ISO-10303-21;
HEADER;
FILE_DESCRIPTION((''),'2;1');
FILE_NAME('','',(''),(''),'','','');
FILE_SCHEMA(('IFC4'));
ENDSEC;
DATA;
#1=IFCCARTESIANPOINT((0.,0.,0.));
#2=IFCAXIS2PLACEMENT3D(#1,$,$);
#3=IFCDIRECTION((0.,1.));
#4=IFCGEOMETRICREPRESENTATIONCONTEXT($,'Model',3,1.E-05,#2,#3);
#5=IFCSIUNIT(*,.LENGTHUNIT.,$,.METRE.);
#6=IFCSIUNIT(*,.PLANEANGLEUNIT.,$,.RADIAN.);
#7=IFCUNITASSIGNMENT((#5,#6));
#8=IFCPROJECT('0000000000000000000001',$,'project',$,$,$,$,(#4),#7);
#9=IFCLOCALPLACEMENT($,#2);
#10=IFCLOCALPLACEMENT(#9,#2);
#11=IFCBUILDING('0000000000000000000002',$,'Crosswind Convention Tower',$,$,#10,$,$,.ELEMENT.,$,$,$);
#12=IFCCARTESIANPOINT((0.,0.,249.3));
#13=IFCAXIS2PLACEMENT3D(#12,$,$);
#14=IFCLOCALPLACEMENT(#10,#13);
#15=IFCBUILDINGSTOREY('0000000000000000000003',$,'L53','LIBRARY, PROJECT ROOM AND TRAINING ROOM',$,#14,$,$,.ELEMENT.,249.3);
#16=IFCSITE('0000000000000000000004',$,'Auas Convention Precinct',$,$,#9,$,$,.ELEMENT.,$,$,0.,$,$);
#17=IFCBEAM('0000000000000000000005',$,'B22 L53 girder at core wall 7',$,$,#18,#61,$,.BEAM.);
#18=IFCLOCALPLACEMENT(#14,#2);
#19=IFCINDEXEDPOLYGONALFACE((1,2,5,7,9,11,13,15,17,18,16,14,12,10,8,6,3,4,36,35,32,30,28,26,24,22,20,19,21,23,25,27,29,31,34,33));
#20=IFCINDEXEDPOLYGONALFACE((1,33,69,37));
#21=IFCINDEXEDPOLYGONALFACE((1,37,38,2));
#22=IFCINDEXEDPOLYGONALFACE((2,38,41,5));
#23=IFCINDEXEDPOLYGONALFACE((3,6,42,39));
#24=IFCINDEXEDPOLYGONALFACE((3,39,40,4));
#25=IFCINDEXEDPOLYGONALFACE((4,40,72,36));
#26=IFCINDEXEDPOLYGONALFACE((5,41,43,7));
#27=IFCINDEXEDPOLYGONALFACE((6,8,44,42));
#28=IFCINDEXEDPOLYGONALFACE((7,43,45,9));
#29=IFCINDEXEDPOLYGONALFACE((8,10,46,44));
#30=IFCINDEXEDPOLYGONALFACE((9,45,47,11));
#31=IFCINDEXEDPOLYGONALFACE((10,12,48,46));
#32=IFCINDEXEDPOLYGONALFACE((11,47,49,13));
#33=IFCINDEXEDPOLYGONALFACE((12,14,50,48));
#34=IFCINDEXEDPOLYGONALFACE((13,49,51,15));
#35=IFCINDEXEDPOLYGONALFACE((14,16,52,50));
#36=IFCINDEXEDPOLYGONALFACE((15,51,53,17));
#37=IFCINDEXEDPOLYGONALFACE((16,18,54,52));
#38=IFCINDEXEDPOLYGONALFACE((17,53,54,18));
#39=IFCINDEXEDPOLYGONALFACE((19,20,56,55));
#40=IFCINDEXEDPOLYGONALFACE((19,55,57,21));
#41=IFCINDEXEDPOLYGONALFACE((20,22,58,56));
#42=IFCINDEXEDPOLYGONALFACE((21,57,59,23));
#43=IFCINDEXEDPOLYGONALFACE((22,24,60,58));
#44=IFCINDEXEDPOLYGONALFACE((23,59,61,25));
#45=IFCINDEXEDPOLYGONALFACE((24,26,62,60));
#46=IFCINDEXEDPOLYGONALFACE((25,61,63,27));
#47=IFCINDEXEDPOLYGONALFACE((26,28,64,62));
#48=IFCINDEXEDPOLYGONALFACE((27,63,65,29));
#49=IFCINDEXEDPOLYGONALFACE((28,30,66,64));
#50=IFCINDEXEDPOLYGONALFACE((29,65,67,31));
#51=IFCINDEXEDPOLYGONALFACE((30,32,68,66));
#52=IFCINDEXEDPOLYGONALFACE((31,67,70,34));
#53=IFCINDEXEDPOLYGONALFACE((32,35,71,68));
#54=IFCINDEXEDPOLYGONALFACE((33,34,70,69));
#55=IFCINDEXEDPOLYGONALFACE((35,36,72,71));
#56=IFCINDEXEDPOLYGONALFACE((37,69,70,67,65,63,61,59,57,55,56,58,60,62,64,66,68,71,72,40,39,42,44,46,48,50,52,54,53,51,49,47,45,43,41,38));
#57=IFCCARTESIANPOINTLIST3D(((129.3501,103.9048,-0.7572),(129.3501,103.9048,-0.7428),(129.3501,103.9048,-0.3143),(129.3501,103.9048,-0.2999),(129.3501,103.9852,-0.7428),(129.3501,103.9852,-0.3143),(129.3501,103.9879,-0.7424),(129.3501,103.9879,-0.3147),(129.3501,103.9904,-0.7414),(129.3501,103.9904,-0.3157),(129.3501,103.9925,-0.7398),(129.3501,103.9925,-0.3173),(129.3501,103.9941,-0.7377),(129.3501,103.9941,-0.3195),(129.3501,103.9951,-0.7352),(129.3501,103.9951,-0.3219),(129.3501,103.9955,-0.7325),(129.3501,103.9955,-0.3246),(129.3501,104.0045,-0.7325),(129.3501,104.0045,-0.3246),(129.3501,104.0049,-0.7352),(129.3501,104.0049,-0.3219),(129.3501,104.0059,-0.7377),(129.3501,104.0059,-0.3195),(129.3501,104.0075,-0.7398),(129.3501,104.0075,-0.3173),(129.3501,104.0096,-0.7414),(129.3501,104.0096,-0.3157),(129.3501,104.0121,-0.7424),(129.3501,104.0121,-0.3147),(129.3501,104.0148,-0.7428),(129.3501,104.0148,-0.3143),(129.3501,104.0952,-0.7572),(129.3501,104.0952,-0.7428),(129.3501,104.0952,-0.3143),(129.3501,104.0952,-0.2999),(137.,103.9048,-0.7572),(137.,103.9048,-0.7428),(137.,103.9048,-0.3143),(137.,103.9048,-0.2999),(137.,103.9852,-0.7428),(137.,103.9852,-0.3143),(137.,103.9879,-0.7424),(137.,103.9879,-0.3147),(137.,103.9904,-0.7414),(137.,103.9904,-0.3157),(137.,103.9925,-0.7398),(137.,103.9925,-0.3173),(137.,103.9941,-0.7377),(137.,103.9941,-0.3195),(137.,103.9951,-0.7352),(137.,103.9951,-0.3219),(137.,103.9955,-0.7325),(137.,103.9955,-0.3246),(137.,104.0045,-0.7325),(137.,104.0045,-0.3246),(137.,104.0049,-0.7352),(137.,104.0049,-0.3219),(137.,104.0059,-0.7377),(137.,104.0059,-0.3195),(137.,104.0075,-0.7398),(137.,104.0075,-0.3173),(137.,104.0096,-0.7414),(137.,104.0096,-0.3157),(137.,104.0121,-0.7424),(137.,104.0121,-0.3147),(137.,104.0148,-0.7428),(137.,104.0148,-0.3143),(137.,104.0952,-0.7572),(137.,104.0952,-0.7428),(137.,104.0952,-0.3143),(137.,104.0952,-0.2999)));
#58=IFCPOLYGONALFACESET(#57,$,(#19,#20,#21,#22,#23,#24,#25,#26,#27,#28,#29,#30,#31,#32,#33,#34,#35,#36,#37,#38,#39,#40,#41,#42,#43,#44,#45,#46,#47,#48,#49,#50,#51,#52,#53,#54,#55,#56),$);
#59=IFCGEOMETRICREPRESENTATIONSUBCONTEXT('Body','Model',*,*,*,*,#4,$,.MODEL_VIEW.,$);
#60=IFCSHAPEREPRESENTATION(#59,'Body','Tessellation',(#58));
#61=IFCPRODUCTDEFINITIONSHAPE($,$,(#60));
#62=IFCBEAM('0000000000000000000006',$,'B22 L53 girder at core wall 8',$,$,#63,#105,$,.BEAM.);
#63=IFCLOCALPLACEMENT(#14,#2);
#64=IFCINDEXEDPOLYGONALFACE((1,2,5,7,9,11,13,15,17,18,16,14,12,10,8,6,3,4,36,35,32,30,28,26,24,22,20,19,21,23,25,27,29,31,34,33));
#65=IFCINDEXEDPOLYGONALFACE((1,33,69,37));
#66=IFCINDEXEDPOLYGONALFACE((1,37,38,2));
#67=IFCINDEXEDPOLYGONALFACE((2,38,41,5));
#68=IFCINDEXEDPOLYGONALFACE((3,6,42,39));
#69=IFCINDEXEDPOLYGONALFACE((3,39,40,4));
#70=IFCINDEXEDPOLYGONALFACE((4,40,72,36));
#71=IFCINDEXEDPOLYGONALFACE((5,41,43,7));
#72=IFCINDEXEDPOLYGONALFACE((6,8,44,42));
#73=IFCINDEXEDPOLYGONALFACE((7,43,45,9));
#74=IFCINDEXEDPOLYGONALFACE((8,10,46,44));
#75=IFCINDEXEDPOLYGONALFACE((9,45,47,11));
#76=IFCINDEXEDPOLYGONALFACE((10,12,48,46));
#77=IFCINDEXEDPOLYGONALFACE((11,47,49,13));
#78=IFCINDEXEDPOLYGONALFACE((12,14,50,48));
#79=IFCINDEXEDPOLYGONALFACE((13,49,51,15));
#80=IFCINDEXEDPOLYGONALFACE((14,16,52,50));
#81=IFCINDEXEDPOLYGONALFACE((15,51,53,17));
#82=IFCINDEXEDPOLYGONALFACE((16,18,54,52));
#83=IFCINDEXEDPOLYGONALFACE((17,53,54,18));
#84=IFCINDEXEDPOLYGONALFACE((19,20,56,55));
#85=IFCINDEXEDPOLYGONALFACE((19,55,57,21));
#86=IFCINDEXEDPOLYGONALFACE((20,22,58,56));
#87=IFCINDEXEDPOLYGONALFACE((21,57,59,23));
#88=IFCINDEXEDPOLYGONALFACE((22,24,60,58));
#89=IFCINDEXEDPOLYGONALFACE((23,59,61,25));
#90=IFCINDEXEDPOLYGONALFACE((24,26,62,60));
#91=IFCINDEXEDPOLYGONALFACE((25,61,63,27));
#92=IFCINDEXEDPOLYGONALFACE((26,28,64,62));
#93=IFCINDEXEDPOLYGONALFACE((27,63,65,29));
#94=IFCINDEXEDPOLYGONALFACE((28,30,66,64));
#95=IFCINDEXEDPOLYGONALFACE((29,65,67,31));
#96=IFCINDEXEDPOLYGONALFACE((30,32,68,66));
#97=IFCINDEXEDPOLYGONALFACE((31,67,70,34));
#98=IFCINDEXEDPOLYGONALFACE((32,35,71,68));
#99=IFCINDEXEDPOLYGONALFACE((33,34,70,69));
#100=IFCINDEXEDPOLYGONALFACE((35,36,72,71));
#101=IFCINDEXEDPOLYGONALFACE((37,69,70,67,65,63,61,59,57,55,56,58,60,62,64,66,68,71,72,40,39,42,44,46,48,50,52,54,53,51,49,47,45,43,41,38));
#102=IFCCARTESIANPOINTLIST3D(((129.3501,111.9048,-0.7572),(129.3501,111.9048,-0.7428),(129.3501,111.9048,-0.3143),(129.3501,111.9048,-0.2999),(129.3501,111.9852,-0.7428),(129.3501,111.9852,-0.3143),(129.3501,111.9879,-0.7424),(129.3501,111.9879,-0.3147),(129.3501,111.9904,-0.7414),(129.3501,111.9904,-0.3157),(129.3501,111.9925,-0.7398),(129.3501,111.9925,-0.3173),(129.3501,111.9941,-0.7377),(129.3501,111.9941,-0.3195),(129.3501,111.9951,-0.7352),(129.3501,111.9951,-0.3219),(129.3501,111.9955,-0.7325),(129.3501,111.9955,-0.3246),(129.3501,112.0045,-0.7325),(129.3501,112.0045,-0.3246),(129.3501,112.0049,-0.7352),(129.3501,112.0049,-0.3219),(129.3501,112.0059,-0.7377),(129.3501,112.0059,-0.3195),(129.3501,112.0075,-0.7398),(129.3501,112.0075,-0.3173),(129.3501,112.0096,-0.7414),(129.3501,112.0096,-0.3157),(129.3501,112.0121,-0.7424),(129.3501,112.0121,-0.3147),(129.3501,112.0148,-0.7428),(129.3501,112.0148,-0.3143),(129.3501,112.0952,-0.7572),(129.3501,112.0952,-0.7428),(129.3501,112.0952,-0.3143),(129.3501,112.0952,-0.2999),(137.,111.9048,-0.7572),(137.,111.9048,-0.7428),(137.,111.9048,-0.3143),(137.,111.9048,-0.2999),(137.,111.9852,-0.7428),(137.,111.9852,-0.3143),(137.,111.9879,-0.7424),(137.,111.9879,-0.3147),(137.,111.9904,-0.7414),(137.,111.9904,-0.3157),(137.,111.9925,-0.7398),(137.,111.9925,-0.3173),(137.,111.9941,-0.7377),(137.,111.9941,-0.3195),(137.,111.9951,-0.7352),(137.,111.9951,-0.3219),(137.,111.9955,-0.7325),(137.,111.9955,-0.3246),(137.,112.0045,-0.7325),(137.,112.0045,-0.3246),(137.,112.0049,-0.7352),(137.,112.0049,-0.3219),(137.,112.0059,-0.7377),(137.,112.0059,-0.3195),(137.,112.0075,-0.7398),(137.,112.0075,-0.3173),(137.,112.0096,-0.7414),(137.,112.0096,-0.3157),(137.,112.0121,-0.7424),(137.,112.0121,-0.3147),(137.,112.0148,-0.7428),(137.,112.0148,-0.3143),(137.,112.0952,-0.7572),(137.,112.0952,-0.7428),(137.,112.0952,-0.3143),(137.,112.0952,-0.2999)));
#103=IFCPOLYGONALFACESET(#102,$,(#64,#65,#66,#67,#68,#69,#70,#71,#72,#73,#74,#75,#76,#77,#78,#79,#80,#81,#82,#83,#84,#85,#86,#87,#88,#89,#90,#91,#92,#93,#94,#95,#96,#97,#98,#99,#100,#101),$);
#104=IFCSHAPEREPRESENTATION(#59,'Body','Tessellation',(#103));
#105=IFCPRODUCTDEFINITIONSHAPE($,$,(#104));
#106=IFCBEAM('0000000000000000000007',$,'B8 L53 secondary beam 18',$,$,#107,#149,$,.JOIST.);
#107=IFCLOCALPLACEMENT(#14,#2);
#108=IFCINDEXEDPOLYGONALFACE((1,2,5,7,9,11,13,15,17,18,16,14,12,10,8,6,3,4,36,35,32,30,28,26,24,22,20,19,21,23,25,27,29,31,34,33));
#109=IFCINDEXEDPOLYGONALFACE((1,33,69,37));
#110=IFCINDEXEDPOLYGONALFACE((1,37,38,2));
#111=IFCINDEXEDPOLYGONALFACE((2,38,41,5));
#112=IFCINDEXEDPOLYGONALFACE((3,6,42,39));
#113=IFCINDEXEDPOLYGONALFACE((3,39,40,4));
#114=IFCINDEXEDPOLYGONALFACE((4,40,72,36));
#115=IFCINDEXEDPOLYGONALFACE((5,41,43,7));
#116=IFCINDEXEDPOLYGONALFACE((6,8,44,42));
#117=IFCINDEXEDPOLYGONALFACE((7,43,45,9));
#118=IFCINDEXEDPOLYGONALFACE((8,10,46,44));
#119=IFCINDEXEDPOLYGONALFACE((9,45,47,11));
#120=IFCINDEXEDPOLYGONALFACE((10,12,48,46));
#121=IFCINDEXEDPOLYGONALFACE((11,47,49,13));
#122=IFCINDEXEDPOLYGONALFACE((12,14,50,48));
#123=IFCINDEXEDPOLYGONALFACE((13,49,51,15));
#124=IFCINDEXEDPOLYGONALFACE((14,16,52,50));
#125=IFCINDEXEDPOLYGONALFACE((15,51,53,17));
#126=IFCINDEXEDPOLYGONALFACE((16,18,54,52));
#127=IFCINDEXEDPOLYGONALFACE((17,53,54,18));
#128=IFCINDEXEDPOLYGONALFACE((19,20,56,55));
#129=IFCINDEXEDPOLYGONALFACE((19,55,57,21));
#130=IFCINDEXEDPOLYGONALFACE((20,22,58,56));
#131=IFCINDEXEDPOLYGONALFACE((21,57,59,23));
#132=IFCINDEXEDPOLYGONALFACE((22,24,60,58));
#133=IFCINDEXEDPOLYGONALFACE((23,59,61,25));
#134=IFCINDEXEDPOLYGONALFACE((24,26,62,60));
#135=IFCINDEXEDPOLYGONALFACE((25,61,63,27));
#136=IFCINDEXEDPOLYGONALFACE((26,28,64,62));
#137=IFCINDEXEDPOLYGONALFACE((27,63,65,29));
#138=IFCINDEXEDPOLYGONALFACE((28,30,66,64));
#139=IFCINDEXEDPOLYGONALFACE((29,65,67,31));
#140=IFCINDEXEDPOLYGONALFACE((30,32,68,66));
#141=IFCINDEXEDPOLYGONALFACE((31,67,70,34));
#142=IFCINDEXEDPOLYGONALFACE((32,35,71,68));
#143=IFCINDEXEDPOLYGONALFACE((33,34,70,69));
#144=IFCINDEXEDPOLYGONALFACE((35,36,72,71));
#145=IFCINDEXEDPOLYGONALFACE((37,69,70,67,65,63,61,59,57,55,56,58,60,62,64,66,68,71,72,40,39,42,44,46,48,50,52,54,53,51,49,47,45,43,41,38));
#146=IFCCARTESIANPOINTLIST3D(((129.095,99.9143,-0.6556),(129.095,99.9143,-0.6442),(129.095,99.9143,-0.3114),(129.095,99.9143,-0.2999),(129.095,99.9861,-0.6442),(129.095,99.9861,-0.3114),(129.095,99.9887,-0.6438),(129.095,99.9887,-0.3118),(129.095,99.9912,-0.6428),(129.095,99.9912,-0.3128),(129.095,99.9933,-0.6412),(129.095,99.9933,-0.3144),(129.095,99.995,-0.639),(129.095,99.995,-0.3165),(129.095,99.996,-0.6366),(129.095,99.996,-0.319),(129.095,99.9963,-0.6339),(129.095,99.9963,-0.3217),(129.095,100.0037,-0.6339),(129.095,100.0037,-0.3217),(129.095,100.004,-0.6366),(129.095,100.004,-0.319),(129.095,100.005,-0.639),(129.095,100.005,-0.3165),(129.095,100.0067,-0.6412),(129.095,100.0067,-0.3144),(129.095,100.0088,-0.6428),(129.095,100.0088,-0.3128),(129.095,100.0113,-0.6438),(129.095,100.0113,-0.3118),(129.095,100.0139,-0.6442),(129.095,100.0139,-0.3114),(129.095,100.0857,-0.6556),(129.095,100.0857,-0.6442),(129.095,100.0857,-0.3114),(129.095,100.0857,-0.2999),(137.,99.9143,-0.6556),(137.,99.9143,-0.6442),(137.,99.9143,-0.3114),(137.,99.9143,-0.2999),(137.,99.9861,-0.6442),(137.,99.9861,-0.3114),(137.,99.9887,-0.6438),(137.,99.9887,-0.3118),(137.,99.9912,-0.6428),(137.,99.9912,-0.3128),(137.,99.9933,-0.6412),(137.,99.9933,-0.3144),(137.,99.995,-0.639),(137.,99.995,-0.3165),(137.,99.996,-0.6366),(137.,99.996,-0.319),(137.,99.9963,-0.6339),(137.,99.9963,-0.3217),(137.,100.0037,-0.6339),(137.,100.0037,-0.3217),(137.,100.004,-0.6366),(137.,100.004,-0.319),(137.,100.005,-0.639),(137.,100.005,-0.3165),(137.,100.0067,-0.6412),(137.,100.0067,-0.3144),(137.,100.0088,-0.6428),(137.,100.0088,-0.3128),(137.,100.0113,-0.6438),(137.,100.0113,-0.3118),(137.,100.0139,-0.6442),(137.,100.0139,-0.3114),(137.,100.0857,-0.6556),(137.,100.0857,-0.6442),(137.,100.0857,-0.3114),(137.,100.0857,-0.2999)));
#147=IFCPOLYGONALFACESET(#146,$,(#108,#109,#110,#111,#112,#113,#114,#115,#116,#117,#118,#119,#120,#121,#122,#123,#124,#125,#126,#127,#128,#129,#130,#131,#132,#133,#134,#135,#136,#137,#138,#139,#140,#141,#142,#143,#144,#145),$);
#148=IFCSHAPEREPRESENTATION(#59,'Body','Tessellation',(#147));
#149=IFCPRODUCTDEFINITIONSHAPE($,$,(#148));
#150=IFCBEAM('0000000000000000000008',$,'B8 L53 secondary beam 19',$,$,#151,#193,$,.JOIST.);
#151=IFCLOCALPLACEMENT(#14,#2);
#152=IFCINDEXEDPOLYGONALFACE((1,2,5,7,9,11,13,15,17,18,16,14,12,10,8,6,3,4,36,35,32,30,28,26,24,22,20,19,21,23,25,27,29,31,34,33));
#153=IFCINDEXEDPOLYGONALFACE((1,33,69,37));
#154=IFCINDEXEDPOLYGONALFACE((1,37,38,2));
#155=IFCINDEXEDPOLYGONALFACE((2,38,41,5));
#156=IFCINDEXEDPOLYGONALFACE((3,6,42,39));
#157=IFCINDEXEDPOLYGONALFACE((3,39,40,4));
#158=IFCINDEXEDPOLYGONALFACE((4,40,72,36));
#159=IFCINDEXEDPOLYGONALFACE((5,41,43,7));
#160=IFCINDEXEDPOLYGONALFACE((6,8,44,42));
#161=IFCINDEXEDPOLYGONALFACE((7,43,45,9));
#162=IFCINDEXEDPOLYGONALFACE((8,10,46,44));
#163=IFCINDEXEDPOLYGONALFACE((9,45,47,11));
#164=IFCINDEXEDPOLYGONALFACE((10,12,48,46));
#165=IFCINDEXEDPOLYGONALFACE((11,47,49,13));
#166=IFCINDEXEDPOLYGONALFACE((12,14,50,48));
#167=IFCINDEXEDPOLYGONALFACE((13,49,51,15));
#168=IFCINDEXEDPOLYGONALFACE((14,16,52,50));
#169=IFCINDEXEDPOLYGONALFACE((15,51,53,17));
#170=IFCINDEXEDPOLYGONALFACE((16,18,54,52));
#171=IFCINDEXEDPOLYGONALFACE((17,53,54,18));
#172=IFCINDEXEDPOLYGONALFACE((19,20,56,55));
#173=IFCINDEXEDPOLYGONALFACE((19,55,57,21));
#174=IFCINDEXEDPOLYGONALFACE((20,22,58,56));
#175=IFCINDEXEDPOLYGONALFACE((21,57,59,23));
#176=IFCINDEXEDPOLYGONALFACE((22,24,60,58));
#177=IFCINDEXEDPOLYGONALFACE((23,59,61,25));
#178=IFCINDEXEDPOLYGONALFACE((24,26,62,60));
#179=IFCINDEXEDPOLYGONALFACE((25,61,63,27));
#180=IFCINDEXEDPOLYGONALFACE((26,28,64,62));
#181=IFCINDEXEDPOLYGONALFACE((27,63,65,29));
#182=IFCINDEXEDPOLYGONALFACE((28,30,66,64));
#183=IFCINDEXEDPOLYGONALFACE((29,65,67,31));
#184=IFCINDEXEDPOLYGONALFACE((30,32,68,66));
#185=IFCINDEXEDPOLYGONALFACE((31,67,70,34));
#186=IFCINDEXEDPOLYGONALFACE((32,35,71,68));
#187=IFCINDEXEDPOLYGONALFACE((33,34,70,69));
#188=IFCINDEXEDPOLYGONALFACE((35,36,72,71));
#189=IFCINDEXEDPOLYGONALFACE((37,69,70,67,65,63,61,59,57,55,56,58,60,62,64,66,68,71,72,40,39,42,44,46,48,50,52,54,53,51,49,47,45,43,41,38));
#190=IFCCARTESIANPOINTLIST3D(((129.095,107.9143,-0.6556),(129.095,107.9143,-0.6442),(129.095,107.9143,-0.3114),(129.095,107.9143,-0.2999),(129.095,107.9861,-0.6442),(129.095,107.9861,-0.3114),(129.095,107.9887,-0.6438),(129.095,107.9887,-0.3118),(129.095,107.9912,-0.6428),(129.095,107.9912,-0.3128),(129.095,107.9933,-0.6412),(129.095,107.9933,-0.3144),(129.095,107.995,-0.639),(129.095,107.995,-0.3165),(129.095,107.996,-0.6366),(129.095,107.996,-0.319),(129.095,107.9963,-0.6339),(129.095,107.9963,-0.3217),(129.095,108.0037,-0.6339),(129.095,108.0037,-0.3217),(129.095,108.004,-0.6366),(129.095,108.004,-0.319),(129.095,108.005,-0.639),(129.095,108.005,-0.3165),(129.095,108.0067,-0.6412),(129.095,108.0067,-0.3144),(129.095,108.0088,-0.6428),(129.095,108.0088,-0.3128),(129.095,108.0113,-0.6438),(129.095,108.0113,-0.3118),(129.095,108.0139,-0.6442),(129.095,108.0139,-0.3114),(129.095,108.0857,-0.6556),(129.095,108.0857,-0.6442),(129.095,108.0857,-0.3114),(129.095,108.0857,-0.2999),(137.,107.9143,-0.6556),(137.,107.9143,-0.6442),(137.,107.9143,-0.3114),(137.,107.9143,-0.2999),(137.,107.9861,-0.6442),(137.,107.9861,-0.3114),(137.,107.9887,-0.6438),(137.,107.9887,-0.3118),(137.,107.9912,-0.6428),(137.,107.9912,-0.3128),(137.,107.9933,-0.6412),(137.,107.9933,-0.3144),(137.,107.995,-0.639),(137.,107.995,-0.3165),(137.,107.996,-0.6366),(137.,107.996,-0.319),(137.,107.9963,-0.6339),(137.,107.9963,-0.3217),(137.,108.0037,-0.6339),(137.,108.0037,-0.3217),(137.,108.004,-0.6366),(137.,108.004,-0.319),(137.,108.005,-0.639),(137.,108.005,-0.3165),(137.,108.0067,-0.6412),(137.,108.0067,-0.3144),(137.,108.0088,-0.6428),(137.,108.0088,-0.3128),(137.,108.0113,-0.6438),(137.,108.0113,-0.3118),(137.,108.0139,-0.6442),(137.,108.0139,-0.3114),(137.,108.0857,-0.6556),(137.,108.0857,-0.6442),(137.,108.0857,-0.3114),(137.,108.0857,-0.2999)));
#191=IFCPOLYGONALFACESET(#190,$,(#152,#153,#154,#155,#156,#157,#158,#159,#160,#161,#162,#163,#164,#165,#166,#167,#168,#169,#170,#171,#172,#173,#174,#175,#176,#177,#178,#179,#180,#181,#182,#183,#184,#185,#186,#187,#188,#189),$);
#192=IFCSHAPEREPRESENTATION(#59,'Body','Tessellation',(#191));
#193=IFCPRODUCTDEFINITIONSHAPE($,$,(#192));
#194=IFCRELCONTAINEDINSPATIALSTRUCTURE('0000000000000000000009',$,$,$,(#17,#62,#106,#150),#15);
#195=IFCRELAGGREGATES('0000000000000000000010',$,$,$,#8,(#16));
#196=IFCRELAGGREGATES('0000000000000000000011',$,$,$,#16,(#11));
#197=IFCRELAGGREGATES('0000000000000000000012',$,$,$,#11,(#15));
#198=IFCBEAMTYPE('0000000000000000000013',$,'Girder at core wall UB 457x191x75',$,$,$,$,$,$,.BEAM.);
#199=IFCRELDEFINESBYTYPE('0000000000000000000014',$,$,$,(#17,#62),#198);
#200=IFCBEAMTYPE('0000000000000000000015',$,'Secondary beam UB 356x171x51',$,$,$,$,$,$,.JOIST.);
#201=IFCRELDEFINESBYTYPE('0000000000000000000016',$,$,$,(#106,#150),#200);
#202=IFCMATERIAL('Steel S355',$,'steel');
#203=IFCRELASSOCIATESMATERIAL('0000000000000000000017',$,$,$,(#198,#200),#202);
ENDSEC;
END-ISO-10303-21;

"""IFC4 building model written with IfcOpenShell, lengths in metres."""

from ifc_helpers import new_model, si_unit, direction, frame, origin, origin_2d, place, context, subcontext, project, spatial, i_section, extrude, material, material_profile, profile_set, type_object, element, save


model = new_model("IFC4")

# Units and contexts
model_context = context("Model", 3, precision=1e-05, world=origin(), true_north=direction((0.0, 1.0)))
body_context = subcontext(model_context, "Body", "Model", "MODEL_VIEW")
ifc_project = project(units=[si_unit("LENGTHUNIT", "METRE"), si_unit("PLANEANGLEUNIT", "RADIAN")], contexts=[model_context])

# Site, building, storey
site_placement = place(None, origin())
site = spatial("IfcSite", under=ifc_project, at=site_placement, Name="Auas Convention Precinct", CompositionType="ELEMENT", RefElevation=0.0)
building_placement = place(site_placement, origin())
building = spatial("IfcBuilding", under=site, at=building_placement, Name="Crosswind Convention Tower", CompositionType="ELEMENT")
storey_placement = place(building_placement, frame((0.0, 0.0, 249.3)))
storey = spatial("IfcBuildingStorey", under=building, at=storey_placement, Name="L53", Description="LIBRARY, PROJECT ROOM AND TRAINING ROOM", CompositionType="ELEMENT", Elevation=249.3)

# Beams
ifc_material_1 = material(Name="Steel S355", Category="steel")
ifc_material_profile_1 = material_profile(ifc_material_1, i_section(OverallWidth=0.1904, OverallDepth=0.4573, WebThickness=0.009, FlangeThickness=0.0144, FilletRadius=0.0103, at=origin_2d()), Name="UB 457x191x75")
ifc_profile_set_1 = profile_set([ifc_material_profile_1], Name="Steel S355")
beam_type_1 = type_object("IfcBeamType", Name="Girder at core wall UB 457x191x75", PredefinedType="BEAM", material=ifc_profile_set_1)
for number, where, z_axis, x_axis, name in (
    (1, (129.3501, 104.0, -0.5286), (1.0, 0.0, 0.0), (0.0, 1.0, 0.0), "B22 L53 girder at core wall 7"),
    (2, (129.3501, 112.0, -0.5286), (1.0, 0.0, 0.0), (0.0, 1.0, 0.0), "B22 L53 girder at core wall 8"),
):
    element("IfcBeam", number, at=place(storey_placement, frame(where, z_axis=z_axis, x_axis=x_axis)), inside=storey, type_object=beam_type_1, Name=name, PredefinedType="BEAM", context=body_context, shape_type="SweptSolid", body=[
        extrude(i_section(OverallWidth=0.1904, OverallDepth=0.4573, WebThickness=0.009, FlangeThickness=0.0144, FilletRadius=0.0103, at=origin_2d()), origin(), (0.0, 0.0, 1.0), 7.6499),
    ])
ifc_material_profile_2 = material_profile(ifc_material_1, i_section(OverallWidth=0.1714, OverallDepth=0.3557, WebThickness=0.0073, FlangeThickness=0.0115, FilletRadius=0.0103, at=origin_2d()), Name="UB 356x171x51")
ifc_profile_set_2 = profile_set([ifc_material_profile_2], Name="Steel S355")
beam_type_2 = type_object("IfcBeamType", Name="Secondary beam UB 356x171x51", PredefinedType="JOIST", material=ifc_profile_set_2)
for number, where, z_axis, x_axis, name in (
    (3, (129.095, 100.0, -0.4778), (1.0, 0.0, 0.0), (0.0, 1.0, 0.0), "B8 L53 secondary beam 18"),
    (4, (129.095, 108.0, -0.4778), (1.0, 0.0, 0.0), (0.0, 1.0, 0.0), "B8 L53 secondary beam 19"),
):
    element("IfcBeam", number, at=place(storey_placement, frame(where, z_axis=z_axis, x_axis=x_axis)), inside=storey, type_object=beam_type_2, Name=name, PredefinedType="JOIST", context=body_context, shape_type="SweptSolid", body=[
        extrude(i_section(OverallWidth=0.1714, OverallDepth=0.3557, WebThickness=0.0073, FlangeThickness=0.0115, FilletRadius=0.0103, at=origin_2d()), origin(), (0.0, 0.0, 1.0), 7.905),
    ])

save(model, "model.ifc")
